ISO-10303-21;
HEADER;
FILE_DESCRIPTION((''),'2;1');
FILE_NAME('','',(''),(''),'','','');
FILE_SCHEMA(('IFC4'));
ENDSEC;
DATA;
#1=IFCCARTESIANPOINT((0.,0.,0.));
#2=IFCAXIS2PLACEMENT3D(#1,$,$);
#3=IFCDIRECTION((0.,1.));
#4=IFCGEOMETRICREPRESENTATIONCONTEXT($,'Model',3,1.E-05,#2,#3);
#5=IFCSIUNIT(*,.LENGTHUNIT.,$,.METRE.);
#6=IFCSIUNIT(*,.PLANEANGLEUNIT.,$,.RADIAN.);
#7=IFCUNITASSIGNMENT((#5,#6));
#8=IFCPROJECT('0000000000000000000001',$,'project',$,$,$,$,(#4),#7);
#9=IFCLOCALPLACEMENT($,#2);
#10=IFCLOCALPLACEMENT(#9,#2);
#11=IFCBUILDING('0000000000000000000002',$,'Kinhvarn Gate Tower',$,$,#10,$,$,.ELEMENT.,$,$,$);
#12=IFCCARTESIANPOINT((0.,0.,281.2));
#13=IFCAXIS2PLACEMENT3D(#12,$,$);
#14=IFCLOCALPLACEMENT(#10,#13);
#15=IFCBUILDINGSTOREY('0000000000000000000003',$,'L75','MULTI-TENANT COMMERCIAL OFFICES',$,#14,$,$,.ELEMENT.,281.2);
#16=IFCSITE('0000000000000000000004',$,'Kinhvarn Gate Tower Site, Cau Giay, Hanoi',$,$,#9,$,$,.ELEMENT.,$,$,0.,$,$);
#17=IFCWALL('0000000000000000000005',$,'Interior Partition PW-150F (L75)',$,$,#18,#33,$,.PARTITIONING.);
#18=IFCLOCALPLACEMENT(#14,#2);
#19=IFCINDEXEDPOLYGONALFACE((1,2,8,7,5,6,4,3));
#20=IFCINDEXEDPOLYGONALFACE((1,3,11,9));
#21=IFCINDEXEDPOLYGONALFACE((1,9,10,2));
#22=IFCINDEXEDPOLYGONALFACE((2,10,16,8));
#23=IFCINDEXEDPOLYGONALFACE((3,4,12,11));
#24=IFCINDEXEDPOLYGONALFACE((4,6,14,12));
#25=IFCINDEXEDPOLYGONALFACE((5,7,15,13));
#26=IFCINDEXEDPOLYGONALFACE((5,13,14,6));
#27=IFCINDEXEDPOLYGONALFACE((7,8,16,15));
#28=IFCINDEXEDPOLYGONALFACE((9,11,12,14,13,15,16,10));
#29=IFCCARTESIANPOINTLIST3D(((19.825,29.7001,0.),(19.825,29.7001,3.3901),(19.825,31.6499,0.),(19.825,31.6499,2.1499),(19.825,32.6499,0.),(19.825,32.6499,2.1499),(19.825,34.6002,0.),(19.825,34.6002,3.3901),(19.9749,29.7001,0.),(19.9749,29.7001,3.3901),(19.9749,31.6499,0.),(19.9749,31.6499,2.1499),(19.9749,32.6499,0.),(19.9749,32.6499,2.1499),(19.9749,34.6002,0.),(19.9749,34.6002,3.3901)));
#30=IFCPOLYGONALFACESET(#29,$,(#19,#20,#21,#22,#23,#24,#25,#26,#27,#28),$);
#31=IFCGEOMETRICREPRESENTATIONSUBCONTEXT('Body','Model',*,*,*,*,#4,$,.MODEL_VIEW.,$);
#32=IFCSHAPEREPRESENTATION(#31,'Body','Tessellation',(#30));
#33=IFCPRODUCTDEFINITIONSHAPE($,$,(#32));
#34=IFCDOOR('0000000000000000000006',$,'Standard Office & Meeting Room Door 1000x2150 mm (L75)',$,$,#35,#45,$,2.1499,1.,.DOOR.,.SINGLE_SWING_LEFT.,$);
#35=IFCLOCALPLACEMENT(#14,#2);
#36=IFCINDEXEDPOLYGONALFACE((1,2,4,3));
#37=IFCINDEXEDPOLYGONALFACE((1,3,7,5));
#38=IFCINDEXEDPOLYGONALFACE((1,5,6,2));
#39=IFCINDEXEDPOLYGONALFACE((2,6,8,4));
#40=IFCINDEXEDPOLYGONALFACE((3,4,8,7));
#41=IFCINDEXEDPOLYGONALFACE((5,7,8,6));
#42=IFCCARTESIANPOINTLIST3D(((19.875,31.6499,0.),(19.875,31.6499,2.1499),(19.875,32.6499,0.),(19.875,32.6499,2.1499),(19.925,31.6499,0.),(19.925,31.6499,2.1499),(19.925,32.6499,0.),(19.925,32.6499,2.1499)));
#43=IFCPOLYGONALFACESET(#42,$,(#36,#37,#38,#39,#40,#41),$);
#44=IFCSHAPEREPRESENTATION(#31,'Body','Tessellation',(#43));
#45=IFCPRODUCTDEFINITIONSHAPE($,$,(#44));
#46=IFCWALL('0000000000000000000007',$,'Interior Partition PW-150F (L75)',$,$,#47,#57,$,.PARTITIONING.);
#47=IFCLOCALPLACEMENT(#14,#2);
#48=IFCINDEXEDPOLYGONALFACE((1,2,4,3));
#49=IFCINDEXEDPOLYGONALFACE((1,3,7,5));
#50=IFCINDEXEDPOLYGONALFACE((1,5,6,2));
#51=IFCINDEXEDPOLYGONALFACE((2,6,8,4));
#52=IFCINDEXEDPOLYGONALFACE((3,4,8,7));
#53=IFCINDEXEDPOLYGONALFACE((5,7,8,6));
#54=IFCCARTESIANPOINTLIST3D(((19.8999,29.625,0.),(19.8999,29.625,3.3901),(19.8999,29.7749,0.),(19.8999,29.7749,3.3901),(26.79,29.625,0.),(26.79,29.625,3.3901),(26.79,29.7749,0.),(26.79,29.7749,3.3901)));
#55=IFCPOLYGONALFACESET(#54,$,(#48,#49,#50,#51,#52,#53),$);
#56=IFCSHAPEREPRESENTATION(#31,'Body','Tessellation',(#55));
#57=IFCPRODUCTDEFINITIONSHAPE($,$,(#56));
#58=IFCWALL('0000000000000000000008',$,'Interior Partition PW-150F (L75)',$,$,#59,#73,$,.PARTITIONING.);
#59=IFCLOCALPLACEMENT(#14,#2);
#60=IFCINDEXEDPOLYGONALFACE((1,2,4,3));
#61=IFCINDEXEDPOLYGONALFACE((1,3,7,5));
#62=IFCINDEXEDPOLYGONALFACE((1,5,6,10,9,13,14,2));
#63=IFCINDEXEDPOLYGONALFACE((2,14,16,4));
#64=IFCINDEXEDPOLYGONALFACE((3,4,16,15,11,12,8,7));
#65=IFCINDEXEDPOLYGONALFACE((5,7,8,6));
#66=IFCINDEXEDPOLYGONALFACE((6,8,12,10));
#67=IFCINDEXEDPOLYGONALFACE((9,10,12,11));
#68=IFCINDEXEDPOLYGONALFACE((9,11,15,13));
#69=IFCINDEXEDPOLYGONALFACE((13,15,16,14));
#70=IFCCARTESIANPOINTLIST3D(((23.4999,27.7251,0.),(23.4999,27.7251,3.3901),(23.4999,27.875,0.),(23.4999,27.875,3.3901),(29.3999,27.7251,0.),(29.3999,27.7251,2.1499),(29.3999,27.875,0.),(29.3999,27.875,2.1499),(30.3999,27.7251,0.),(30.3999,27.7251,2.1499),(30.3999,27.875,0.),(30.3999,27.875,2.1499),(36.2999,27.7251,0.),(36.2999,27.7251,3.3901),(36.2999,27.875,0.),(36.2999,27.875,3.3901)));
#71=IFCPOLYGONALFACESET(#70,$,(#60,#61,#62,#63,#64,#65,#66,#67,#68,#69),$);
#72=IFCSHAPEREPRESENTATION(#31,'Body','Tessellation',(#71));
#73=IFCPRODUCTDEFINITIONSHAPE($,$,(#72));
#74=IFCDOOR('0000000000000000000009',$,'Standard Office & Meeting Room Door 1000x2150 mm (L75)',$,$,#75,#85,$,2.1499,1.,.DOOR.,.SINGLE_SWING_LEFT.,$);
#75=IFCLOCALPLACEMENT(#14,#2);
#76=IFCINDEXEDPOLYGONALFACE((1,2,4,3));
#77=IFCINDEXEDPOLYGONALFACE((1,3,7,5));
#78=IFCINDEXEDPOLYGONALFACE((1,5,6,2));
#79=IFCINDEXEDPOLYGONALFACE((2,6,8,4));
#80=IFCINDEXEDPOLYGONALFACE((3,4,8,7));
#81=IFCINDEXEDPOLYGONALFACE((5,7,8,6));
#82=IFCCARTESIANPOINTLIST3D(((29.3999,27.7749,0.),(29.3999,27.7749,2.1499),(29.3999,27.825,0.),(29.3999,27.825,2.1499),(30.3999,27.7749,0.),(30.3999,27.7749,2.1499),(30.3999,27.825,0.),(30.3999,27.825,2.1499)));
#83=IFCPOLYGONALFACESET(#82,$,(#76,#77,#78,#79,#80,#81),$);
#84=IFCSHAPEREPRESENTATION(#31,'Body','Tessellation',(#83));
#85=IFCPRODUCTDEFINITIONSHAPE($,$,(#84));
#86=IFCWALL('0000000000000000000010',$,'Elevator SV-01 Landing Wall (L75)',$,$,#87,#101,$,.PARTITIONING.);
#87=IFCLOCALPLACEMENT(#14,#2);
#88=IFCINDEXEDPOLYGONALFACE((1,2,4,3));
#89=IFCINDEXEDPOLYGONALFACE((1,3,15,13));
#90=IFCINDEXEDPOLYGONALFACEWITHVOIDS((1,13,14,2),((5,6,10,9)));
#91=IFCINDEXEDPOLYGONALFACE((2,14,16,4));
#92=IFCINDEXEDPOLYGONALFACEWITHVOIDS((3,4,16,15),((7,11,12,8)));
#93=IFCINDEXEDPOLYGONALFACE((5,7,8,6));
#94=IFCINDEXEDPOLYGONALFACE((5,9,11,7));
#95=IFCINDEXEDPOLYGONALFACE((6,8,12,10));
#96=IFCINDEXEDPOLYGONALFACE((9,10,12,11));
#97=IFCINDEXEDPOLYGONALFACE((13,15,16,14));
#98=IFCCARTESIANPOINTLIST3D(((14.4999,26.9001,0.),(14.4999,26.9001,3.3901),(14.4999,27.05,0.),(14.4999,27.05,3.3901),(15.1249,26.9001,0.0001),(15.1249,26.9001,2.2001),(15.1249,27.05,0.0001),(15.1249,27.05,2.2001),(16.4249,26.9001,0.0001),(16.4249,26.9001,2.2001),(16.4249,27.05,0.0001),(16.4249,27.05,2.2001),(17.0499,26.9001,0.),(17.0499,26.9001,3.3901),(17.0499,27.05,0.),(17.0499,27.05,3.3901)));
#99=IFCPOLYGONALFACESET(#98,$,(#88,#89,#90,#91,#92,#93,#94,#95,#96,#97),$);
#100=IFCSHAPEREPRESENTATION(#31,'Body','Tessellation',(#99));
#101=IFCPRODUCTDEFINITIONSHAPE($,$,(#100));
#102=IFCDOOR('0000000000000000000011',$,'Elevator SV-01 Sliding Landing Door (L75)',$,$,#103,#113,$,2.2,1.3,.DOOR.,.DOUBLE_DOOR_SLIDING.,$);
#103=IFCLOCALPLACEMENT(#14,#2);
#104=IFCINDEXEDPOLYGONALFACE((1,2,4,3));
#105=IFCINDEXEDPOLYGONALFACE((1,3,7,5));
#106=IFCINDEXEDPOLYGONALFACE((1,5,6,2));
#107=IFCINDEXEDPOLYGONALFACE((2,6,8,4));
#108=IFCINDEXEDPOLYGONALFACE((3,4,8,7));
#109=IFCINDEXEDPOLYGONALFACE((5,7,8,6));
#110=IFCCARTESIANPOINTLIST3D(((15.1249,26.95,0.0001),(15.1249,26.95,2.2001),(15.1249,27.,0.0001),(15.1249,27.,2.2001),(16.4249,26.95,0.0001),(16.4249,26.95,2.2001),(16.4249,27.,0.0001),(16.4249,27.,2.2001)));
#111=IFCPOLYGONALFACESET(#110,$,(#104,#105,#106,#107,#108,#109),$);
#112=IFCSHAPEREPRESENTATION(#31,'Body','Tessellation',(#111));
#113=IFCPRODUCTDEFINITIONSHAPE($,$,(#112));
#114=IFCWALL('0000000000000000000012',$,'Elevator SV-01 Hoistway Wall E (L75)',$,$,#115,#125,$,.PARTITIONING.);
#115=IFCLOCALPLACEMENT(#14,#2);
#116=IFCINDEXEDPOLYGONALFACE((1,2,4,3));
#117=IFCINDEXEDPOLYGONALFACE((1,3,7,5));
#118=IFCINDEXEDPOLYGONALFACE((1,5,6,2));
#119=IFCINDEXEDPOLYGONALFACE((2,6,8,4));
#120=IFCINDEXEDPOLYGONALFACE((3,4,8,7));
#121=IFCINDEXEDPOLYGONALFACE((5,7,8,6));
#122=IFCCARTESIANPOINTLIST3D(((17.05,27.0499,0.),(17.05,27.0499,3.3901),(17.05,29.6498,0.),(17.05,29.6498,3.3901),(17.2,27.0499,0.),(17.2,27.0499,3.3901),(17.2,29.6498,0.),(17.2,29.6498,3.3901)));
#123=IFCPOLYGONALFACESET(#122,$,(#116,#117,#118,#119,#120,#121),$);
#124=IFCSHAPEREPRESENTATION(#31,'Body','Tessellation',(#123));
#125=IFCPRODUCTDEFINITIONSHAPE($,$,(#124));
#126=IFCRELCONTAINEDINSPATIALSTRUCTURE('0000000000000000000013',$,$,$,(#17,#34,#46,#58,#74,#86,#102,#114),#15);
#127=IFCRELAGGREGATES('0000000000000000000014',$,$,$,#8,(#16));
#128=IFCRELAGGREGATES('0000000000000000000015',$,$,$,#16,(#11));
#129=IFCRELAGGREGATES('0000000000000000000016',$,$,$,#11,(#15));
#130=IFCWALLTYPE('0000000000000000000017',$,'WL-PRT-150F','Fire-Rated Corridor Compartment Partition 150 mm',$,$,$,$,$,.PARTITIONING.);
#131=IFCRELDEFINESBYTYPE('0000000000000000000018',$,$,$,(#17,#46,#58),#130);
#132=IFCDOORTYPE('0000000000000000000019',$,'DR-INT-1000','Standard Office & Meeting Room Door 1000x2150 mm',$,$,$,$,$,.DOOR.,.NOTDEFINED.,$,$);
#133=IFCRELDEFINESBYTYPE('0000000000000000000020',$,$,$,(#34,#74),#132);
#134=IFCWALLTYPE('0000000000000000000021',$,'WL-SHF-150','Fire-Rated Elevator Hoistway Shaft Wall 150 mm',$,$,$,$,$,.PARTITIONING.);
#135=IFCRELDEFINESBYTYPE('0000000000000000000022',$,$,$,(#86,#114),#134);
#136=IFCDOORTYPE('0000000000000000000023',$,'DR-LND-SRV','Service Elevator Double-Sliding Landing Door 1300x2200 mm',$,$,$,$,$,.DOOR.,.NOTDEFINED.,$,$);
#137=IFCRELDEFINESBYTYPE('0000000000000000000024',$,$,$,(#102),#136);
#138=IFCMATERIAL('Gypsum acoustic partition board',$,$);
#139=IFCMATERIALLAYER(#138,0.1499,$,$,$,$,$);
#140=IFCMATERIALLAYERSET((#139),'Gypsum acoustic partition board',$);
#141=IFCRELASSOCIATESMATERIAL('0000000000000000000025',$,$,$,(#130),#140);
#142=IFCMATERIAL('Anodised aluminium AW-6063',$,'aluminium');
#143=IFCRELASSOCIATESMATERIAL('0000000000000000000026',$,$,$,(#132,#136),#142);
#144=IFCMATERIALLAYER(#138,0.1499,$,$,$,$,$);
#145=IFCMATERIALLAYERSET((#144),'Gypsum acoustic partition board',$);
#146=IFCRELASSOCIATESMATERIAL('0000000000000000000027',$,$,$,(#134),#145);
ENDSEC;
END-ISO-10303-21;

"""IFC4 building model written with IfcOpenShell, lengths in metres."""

from ifc_helpers import new_model, si_unit, direction, frame, frame_2d, origin, place, context, subcontext, project, spatial, rectangle, extrude, material, layer, layer_set, type_object, element, fill, save


model = new_model("IFC4")

# Units and contexts
model_context = context("Model", 3, precision=1e-05, world=origin(), true_north=direction((0.0, 1.0)))
body_context = subcontext(model_context, "Body", "Model", "MODEL_VIEW")
ifc_project = project(units=[si_unit("LENGTHUNIT", "METRE"), si_unit("PLANEANGLEUNIT", "RADIAN")], contexts=[model_context])

# Site, building, storey
site_placement = place(None, origin())
site = spatial("IfcSite", under=ifc_project, at=site_placement, Name="Kinhvarn Gate Tower Site, Cau Giay, Hanoi", CompositionType="ELEMENT", RefElevation=0.0)
building_placement = place(site_placement, origin())
building = spatial("IfcBuilding", under=site, at=building_placement, Name="Kinhvarn Gate Tower", CompositionType="ELEMENT")
storey_placement = place(building_placement, frame((0.0, 0.0, 281.2)))
storey = spatial("IfcBuildingStorey", under=building, at=storey_placement, Name="L75", Description="MULTI-TENANT COMMERCIAL OFFICES", CompositionType="ELEMENT", Elevation=281.2)

# Shared definitions
ifc_material_1 = material(Name="Anodised aluminium AW-6063", Category="aluminium")

# Shared definitions
ifc_material_2 = material(Name="Gypsum acoustic partition board")

# Wall, opening, door
ifc_layer_1 = layer(ifc_material_2, 0.1499)
ifc_layer_set_1 = layer_set([ifc_layer_1], Name="Gypsum acoustic partition board")
wall_type_1 = type_object("IfcWallType", Name="WL-PRT-150F", Description="Fire-Rated Corridor Compartment Partition 150 mm", PredefinedType="PARTITIONING", material=ifc_layer_set_1)
wall_1_placement = place(storey_placement, frame((19.8999, 29.7, 0.0), z_axis=(0.0, 0.0, 1.0), x_axis=(0.0, 1.0, 0.0)))
wall_1 = element("IfcWall", 1, at=wall_1_placement, inside=storey, type_object=wall_type_1, Name="Interior Partition PW-150F (L75)", PredefinedType="PARTITIONING", context=body_context, shape_type="SweptSolid", body=[
    extrude(rectangle(XDim=4.9001, YDim=0.1499, at=frame_2d((2.4502, 0.0))), origin(), (0.0, 0.0, 1.0), 3.3901),
])
opening_1_placement = place(wall_1_placement, frame((1.95, 0.0, 0.0)))
opening_1 = element("IfcOpeningElement", 2, at=opening_1_placement, cuts=wall_1, PredefinedType="OPENING", context=body_context, shape_type="SweptSolid", body=[
    extrude(rectangle(XDim=1.0, YDim=2.1499, at=frame_2d((0.5, 1.075))), frame((0.0, 0.085, 0.0), z_axis=(0.0, -1.0, 0.0), x_axis=(1.0, 0.0, 0.0)), (0.0, 0.0, 1.0), 0.1699),
])
door_type_1 = type_object("IfcDoorType", Name="DR-INT-1000", Description="Standard Office & Meeting Room Door 1000x2150 mm", OperationType="NOTDEFINED", PredefinedType="DOOR", material=ifc_material_1)
door_1_placement = place(opening_1_placement, origin())
door_1 = element("IfcDoor", 3, at=door_1_placement, inside=storey, type_object=door_type_1, Name="Standard Office & Meeting Room Door 1000x2150 mm (L75)", OperationType="SINGLE_SWING_LEFT", OverallHeight=2.1499, OverallWidth=1.0, PredefinedType="DOOR", context=body_context, shape_type="SweptSolid", body=[
    extrude(rectangle(XDim=1.0, YDim=2.1499, at=frame_2d((0.5, 1.075))), frame((0.0, 0.0249, 0.0), z_axis=(0.0, -1.0, 0.0), x_axis=(1.0, 0.0, 0.0)), (0.0, 0.0, 1.0), 0.05),
])
fill(opening_1, door_1)

# Wall
wall_2_placement = place(storey_placement, frame((19.8999, 29.7, 0.0), z_axis=(0.0, 0.0, 1.0), x_axis=(1.0, 0.0, 0.0)))
element("IfcWall", 4, at=wall_2_placement, inside=storey, type_object=wall_type_1, Name="Interior Partition PW-150F (L75)", PredefinedType="PARTITIONING", context=body_context, shape_type="SweptSolid", body=[
    extrude(rectangle(XDim=6.8901, YDim=0.1499, at=frame_2d((3.4451, 0.0))), origin(), (0.0, 0.0, 1.0), 3.3901),
])

# Walls, openings, doors
wall_3_placement = place(storey_placement, frame((23.5, 27.8, 0.0), z_axis=(0.0, 0.0, 1.0), x_axis=(1.0, 0.0, 0.0)))
wall_3 = element("IfcWall", 5, at=wall_3_placement, inside=storey, type_object=wall_type_1, Name="Interior Partition PW-150F (L75)", PredefinedType="PARTITIONING", context=body_context, shape_type="SweptSolid", body=[
    extrude(rectangle(XDim=12.8, YDim=0.1499, at=frame_2d((6.3999, 0.0))), origin(), (0.0, 0.0, 1.0), 3.3901),
])
opening_2_placement = place(wall_3_placement, frame((5.8999, 0.0, 0.0)))
opening_2 = element("IfcOpeningElement", 6, at=opening_2_placement, cuts=wall_3, PredefinedType="OPENING", context=body_context, shape_type="SweptSolid", body=[
    extrude(rectangle(XDim=1.0, YDim=2.1499, at=frame_2d((0.5, 1.075))), frame((0.0, 0.085, 0.0), z_axis=(0.0, -1.0, 0.0), x_axis=(1.0, 0.0, 0.0)), (0.0, 0.0, 1.0), 0.1699),
])
door_2_placement = place(opening_2_placement, origin())
door_2 = element("IfcDoor", 7, at=door_2_placement, inside=storey, type_object=door_type_1, Name="Standard Office & Meeting Room Door 1000x2150 mm (L75)", OperationType="SINGLE_SWING_LEFT", OverallHeight=2.1499, OverallWidth=1.0, PredefinedType="DOOR", context=body_context, shape_type="SweptSolid", body=[
    extrude(rectangle(XDim=1.0, YDim=2.1499, at=frame_2d((0.5, 1.075))), frame((0.0, 0.0249, 0.0), z_axis=(0.0, -1.0, 0.0), x_axis=(1.0, 0.0, 0.0)), (0.0, 0.0, 1.0), 0.05),
])
fill(opening_2, door_2)
ifc_layer_2 = layer(ifc_material_2, 0.1499)
ifc_layer_set_2 = layer_set([ifc_layer_2], Name="Gypsum acoustic partition board")
wall_type_2 = type_object("IfcWallType", Name="WL-SHF-150", Description="Fire-Rated Elevator Hoistway Shaft Wall 150 mm", PredefinedType="PARTITIONING", material=ifc_layer_set_2)
wall_4_placement = place(storey_placement, frame((14.5, 26.9751, 0.0), z_axis=(0.0, 0.0, 1.0), x_axis=(1.0, 0.0, 0.0)))
wall_4 = element("IfcWall", 8, at=wall_4_placement, inside=storey, type_object=wall_type_2, Name="Elevator SV-01 Landing Wall (L75)", PredefinedType="PARTITIONING", context=body_context, shape_type="SweptSolid", body=[
    extrude(rectangle(XDim=2.55, YDim=0.1499, at=frame_2d((1.2749, 0.0))), origin(), (0.0, 0.0, 1.0), 3.3901),
])
opening_3_placement = place(wall_4_placement, frame((0.625, 0.0, 0.0)))
opening_3 = element("IfcOpeningElement", 9, at=opening_3_placement, cuts=wall_4, PredefinedType="OPENING", context=body_context, shape_type="SweptSolid", body=[
    extrude(rectangle(XDim=1.3, YDim=2.2, at=frame_2d((0.6499, 1.1001))), frame((0.0, 0.085, 0.0), z_axis=(0.0, -1.0, 0.0), x_axis=(1.0, 0.0, 0.0)), (0.0, 0.0, 1.0), 0.1699),
])
door_type_2 = type_object("IfcDoorType", Name="DR-LND-SRV", Description="Service Elevator Double-Sliding Landing Door 1300x2200 mm", OperationType="NOTDEFINED", PredefinedType="DOOR", material=ifc_material_1)
door_3_placement = place(opening_3_placement, origin())
door_3 = element("IfcDoor", 10, at=door_3_placement, inside=storey, type_object=door_type_2, Name="Elevator SV-01 Sliding Landing Door (L75)", OperationType="DOUBLE_DOOR_SLIDING", OverallHeight=2.2, OverallWidth=1.3, PredefinedType="DOOR", context=body_context, shape_type="SweptSolid", body=[
    extrude(rectangle(XDim=1.3, YDim=2.2, at=frame_2d((0.6499, 1.1001))), frame((0.0, 0.0249, 0.0), z_axis=(0.0, -1.0, 0.0), x_axis=(1.0, 0.0, 0.0)), (0.0, 0.0, 1.0), 0.05),
])
fill(opening_3, door_3)

# Wall
wall_5_placement = place(storey_placement, frame((17.125, 27.05, 0.0), z_axis=(0.0, 0.0, 1.0), x_axis=(0.0, 1.0, 0.0)))
element("IfcWall", 11, at=wall_5_placement, inside=storey, type_object=wall_type_2, Name="Elevator SV-01 Hoistway Wall E (L75)", PredefinedType="PARTITIONING", context=body_context, shape_type="SweptSolid", body=[
    extrude(rectangle(XDim=2.5999, YDim=0.1499, at=frame_2d((1.2998, 0.0))), origin(), (0.0, 0.0, 1.0), 3.3901),
])

save(model, "model.ifc")
